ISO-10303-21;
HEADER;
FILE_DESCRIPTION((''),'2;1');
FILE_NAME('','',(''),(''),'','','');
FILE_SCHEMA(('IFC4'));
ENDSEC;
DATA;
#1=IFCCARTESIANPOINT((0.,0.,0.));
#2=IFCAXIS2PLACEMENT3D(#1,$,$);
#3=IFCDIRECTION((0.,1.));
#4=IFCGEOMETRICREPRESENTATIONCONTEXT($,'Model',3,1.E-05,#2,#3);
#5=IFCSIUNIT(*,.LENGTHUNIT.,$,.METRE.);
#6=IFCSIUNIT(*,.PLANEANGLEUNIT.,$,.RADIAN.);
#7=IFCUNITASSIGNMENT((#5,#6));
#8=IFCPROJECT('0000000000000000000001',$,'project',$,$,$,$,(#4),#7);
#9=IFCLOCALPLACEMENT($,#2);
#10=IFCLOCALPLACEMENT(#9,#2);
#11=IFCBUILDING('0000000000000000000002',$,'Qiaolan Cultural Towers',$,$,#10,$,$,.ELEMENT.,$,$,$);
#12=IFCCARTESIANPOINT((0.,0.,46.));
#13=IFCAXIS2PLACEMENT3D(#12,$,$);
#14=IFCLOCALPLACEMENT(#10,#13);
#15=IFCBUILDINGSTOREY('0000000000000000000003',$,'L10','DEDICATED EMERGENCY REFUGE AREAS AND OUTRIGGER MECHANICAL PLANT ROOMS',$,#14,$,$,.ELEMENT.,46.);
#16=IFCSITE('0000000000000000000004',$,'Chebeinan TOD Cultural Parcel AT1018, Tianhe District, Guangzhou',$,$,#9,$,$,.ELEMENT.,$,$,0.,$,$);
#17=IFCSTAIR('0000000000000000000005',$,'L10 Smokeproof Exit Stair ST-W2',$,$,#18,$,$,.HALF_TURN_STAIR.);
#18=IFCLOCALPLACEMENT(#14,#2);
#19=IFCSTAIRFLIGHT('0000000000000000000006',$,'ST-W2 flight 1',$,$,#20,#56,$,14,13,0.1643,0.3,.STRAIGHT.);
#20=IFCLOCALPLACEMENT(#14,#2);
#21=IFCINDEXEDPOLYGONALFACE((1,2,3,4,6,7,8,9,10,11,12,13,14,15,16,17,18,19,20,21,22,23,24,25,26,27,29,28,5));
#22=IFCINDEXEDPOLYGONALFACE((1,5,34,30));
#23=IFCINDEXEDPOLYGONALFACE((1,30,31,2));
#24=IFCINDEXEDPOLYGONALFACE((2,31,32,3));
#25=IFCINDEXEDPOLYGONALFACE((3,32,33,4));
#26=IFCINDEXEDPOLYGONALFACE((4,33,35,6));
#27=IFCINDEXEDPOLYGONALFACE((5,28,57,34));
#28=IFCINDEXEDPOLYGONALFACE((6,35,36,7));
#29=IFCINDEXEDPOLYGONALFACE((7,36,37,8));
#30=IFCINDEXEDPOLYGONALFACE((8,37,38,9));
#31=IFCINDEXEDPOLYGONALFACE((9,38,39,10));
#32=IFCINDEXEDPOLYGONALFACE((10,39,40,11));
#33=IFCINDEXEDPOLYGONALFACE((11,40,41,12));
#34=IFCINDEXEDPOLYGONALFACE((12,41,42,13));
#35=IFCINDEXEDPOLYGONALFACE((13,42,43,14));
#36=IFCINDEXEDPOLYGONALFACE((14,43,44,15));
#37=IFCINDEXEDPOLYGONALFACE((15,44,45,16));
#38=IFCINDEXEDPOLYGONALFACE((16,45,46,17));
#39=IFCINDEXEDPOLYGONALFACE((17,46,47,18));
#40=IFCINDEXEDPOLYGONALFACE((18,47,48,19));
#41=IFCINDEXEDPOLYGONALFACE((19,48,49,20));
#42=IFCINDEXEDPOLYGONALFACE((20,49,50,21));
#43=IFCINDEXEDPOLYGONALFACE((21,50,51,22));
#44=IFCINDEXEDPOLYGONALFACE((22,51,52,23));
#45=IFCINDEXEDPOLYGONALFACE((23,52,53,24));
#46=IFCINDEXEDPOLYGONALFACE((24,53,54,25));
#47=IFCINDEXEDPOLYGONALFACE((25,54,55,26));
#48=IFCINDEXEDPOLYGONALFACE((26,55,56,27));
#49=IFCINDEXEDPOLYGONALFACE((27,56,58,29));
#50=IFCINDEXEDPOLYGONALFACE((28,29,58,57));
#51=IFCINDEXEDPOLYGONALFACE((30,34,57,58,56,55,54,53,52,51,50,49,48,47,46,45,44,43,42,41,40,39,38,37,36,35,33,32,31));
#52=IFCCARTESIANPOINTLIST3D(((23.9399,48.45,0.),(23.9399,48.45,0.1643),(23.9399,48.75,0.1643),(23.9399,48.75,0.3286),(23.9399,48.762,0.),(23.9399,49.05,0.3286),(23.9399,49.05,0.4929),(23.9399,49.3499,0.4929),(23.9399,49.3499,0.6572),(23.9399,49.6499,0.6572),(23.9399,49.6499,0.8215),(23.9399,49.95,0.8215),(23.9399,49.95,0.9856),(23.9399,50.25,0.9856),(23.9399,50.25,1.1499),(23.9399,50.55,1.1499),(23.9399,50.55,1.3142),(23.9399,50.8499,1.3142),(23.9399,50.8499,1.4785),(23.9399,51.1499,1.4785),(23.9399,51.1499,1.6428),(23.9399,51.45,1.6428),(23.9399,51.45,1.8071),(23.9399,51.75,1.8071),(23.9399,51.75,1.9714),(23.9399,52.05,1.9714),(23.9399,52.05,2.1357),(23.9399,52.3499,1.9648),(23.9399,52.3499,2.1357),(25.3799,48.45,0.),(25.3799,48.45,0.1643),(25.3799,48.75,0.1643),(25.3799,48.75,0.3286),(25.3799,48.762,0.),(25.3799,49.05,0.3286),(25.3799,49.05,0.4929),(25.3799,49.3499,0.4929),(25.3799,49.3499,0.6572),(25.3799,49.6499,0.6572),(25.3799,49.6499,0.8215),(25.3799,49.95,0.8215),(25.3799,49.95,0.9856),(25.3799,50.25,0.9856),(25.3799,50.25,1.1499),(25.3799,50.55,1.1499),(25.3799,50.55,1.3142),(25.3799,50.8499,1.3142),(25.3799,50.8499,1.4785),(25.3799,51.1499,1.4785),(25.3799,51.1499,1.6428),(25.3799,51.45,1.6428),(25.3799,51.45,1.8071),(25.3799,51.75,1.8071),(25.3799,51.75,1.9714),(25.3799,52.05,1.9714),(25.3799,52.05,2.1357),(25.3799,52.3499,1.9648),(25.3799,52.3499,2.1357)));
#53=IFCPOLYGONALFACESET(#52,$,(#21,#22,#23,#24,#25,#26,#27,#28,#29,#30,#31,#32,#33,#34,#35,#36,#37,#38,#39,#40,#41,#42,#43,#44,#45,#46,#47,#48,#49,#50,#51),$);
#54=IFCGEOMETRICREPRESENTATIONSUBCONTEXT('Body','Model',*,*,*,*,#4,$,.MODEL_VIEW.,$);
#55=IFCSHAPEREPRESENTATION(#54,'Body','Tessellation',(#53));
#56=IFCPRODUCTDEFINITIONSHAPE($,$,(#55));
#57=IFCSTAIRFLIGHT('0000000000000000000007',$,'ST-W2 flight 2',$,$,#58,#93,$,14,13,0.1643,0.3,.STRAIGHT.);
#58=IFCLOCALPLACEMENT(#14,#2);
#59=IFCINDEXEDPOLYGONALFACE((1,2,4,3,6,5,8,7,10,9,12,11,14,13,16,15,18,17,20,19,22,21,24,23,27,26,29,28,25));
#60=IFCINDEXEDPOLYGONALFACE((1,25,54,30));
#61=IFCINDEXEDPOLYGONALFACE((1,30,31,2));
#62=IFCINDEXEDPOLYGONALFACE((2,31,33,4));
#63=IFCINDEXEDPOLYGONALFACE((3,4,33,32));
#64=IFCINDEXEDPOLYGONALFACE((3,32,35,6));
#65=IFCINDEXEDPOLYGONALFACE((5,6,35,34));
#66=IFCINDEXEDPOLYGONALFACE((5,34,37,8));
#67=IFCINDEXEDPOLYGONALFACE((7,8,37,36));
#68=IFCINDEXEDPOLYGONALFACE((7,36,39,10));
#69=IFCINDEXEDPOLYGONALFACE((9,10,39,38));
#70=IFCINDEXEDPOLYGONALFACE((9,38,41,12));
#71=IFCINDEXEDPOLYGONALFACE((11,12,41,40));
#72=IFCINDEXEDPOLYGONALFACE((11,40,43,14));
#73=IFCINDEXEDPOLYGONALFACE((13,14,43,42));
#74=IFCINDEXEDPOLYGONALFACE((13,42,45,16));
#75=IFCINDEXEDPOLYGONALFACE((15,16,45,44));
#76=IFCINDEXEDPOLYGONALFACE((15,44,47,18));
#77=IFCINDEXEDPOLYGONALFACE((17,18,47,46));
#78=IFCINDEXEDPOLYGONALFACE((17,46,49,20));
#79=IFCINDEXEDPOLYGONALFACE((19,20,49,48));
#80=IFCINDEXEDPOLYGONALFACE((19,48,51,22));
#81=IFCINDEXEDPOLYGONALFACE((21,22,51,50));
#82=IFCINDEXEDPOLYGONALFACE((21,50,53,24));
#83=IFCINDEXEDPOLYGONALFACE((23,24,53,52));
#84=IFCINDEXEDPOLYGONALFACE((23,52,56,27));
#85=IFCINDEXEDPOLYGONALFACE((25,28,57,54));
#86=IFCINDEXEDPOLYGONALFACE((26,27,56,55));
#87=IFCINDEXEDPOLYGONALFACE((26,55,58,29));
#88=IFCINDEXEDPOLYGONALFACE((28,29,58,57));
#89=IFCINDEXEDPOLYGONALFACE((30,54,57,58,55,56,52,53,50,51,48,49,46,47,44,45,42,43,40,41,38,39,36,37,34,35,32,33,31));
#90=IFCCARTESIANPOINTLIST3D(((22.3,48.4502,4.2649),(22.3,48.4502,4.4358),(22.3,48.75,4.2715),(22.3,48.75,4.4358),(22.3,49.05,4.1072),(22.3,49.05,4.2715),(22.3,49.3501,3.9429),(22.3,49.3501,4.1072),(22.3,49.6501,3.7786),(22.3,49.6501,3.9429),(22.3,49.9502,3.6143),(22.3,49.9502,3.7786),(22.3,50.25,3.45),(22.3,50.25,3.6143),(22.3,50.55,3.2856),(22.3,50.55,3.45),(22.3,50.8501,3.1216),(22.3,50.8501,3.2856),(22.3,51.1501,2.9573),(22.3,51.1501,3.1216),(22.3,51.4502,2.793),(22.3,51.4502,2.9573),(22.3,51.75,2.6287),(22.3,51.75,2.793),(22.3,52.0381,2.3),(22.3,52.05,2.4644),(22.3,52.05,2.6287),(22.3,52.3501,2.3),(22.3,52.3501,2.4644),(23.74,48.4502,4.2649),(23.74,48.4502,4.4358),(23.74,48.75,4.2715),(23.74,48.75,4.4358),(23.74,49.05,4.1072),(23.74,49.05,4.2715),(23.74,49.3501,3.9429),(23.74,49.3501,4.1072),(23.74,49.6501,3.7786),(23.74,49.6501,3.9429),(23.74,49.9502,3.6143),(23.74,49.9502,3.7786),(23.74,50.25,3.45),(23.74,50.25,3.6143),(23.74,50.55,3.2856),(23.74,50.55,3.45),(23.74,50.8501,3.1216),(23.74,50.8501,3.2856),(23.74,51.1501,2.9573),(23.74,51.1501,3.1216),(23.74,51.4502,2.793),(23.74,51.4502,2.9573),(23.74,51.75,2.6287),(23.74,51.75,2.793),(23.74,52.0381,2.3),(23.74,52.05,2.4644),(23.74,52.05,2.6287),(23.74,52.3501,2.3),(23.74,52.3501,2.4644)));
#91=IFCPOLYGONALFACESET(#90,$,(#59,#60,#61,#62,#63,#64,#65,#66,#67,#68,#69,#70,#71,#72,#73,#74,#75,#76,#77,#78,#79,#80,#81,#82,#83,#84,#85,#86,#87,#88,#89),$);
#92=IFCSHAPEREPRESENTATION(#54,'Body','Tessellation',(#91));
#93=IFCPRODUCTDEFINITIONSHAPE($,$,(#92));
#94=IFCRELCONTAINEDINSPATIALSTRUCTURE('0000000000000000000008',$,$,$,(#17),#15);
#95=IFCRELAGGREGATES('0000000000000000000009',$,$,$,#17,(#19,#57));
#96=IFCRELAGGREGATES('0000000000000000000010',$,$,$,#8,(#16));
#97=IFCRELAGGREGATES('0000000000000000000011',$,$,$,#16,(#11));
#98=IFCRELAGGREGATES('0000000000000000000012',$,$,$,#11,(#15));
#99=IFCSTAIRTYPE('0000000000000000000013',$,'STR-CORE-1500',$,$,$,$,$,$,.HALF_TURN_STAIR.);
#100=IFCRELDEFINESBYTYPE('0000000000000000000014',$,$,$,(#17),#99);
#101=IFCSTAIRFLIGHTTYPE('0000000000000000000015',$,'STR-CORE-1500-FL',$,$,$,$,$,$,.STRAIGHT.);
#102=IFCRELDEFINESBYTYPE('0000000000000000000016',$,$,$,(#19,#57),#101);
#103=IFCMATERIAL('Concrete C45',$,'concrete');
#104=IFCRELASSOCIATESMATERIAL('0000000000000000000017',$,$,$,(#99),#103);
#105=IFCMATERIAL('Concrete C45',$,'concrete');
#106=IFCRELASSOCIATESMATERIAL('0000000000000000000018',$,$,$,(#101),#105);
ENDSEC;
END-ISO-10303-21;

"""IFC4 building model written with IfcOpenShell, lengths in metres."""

from ifc_helpers import new_model, si_unit, direction, frame, origin, place, context, subcontext, project, spatial, polyline, outline, extrude, material, type_object, element, aggregate, save


model = new_model("IFC4")

# Units and contexts
model_context = context("Model", 3, precision=1e-05, world=origin(), true_north=direction((0.0, 1.0)))
body_context = subcontext(model_context, "Body", "Model", "MODEL_VIEW")
ifc_project = project(units=[si_unit("LENGTHUNIT", "METRE"), si_unit("PLANEANGLEUNIT", "RADIAN")], contexts=[model_context])

# Site, building, storey
site_placement = place(None, origin())
site = spatial("IfcSite", under=ifc_project, at=site_placement, Name="Chebeinan TOD Cultural Parcel AT1018, Tianhe District, Guangzhou", CompositionType="ELEMENT", RefElevation=0.0)
building_placement = place(site_placement, origin())
building = spatial("IfcBuilding", under=site, at=building_placement, Name="Qiaolan Cultural Towers", CompositionType="ELEMENT")
storey_placement = place(building_placement, frame((0.0, 0.0, 46.0)))
storey = spatial("IfcBuildingStorey", under=building, at=storey_placement, Name="L10", Description="DEDICATED EMERGENCY REFUGE AREAS AND OUTRIGGER MECHANICAL PLANT ROOMS", CompositionType="ELEMENT", Elevation=46.0)

# Stair, stair flights
ifc_material_1 = material(Name="Concrete C45", Category="concrete")
stair_type = type_object("IfcStairType", Name="STR-CORE-1500", PredefinedType="HALF_TURN_STAIR", material=ifc_material_1)
stair_placement = place(storey_placement, origin())
stair = element("IfcStair", 1, at=stair_placement, inside=storey, type_object=stair_type, Name="L10 Smokeproof Exit Stair ST-W2", PredefinedType="HALF_TURN_STAIR")
ifc_material_2 = material(Name="Concrete C45", Category="concrete")
stair_flight_type = type_object("IfcStairFlightType", Name="STR-CORE-1500-FL", PredefinedType="STRAIGHT", material=ifc_material_2)
stair_flight_1_placement = place(storey_placement, frame((24.6599, 48.45, 0.0), z_axis=(0.0, 0.0, 1.0), x_axis=(0.0, 1.0, 0.0)))
stair_flight_1 = element("IfcStairFlight", 2, at=stair_flight_1_placement, type_object=stair_flight_type, Name="ST-W2 flight 1", NumberOfRisers=14, NumberOfTreads=13, PredefinedType="STRAIGHT", RiserHeight=0.1643, TreadLength=0.3, context=body_context, shape_type="SweptSolid", body=[
    extrude(outline(polyline([(0.0, 0.0), (0.0, 0.1643), (0.3, 0.1643), (0.3, 0.3286), (0.6001, 0.3286), (0.6001, 0.4929), (0.8999, 0.4929), (0.8999, 0.6572), (1.2, 0.6572), (1.2, 0.8215), (1.5, 0.8215), (1.5, 0.9856), (1.8, 0.9856), (1.8, 1.1499), (2.1001, 1.1499), (2.1001, 1.3142), (2.3999, 1.3142), (2.3999, 1.4785), (2.7, 1.4785), (2.7, 1.6428), (3.0, 1.6428), (3.0, 1.8071), (3.3, 1.8071), (3.3, 1.9714), (3.6001, 1.9714), (3.6001, 2.1357), (3.8999, 2.1357), (3.8999, 2.3), (3.8999, 1.9648), (0.312, 0.0), (0.0, 0.0)])), frame((0.0, 0.72, 0.0), z_axis=(0.0, -1.0, 0.0), x_axis=(1.0, 0.0, 0.0)), (0.0, 0.0, 1.0), 1.4399),
])
stair_flight_2_placement = place(storey_placement, frame((23.02, 52.3501, 2.3), z_axis=(0.0, 0.0, 1.0), x_axis=(0.0, -1.0, 0.0)))
stair_flight_2 = element("IfcStairFlight", 3, at=stair_flight_2_placement, type_object=stair_flight_type, Name="ST-W2 flight 2", NumberOfRisers=14, NumberOfTreads=13, PredefinedType="STRAIGHT", RiserHeight=0.1643, TreadLength=0.3, context=body_context, shape_type="SweptSolid", body=[
    extrude(outline(polyline([(0.0, 0.0), (0.0, 0.1643), (0.3, 0.1643), (0.3, 0.3286), (0.6001, 0.3286), (0.6001, 0.4929), (0.8999, 0.4929), (0.8999, 0.6572), (1.2, 0.6572), (1.2, 0.8215), (1.5, 0.8215), (1.5, 0.9856), (1.8, 0.9856), (1.8, 1.1499), (2.1001, 1.1499), (2.1001, 1.3142), (2.3999, 1.3142), (2.3999, 1.4785), (2.7, 1.4785), (2.7, 1.6428), (3.0, 1.6428), (3.0, 1.8071), (3.3, 1.8071), (3.3, 1.9714), (3.6001, 1.9714), (3.6001, 2.1357), (3.8999, 2.1357), (3.8999, 2.3), (3.8999, 1.9648), (0.312, 0.0), (0.0, 0.0)])), frame((0.0, 0.72, 0.0), z_axis=(0.0, -1.0, 0.0), x_axis=(1.0, 0.0, 0.0)), (0.0, 0.0, 1.0), 1.4399),
])
aggregate(stair, [stair_flight_1, stair_flight_2])

save(model, "model.ifc")
